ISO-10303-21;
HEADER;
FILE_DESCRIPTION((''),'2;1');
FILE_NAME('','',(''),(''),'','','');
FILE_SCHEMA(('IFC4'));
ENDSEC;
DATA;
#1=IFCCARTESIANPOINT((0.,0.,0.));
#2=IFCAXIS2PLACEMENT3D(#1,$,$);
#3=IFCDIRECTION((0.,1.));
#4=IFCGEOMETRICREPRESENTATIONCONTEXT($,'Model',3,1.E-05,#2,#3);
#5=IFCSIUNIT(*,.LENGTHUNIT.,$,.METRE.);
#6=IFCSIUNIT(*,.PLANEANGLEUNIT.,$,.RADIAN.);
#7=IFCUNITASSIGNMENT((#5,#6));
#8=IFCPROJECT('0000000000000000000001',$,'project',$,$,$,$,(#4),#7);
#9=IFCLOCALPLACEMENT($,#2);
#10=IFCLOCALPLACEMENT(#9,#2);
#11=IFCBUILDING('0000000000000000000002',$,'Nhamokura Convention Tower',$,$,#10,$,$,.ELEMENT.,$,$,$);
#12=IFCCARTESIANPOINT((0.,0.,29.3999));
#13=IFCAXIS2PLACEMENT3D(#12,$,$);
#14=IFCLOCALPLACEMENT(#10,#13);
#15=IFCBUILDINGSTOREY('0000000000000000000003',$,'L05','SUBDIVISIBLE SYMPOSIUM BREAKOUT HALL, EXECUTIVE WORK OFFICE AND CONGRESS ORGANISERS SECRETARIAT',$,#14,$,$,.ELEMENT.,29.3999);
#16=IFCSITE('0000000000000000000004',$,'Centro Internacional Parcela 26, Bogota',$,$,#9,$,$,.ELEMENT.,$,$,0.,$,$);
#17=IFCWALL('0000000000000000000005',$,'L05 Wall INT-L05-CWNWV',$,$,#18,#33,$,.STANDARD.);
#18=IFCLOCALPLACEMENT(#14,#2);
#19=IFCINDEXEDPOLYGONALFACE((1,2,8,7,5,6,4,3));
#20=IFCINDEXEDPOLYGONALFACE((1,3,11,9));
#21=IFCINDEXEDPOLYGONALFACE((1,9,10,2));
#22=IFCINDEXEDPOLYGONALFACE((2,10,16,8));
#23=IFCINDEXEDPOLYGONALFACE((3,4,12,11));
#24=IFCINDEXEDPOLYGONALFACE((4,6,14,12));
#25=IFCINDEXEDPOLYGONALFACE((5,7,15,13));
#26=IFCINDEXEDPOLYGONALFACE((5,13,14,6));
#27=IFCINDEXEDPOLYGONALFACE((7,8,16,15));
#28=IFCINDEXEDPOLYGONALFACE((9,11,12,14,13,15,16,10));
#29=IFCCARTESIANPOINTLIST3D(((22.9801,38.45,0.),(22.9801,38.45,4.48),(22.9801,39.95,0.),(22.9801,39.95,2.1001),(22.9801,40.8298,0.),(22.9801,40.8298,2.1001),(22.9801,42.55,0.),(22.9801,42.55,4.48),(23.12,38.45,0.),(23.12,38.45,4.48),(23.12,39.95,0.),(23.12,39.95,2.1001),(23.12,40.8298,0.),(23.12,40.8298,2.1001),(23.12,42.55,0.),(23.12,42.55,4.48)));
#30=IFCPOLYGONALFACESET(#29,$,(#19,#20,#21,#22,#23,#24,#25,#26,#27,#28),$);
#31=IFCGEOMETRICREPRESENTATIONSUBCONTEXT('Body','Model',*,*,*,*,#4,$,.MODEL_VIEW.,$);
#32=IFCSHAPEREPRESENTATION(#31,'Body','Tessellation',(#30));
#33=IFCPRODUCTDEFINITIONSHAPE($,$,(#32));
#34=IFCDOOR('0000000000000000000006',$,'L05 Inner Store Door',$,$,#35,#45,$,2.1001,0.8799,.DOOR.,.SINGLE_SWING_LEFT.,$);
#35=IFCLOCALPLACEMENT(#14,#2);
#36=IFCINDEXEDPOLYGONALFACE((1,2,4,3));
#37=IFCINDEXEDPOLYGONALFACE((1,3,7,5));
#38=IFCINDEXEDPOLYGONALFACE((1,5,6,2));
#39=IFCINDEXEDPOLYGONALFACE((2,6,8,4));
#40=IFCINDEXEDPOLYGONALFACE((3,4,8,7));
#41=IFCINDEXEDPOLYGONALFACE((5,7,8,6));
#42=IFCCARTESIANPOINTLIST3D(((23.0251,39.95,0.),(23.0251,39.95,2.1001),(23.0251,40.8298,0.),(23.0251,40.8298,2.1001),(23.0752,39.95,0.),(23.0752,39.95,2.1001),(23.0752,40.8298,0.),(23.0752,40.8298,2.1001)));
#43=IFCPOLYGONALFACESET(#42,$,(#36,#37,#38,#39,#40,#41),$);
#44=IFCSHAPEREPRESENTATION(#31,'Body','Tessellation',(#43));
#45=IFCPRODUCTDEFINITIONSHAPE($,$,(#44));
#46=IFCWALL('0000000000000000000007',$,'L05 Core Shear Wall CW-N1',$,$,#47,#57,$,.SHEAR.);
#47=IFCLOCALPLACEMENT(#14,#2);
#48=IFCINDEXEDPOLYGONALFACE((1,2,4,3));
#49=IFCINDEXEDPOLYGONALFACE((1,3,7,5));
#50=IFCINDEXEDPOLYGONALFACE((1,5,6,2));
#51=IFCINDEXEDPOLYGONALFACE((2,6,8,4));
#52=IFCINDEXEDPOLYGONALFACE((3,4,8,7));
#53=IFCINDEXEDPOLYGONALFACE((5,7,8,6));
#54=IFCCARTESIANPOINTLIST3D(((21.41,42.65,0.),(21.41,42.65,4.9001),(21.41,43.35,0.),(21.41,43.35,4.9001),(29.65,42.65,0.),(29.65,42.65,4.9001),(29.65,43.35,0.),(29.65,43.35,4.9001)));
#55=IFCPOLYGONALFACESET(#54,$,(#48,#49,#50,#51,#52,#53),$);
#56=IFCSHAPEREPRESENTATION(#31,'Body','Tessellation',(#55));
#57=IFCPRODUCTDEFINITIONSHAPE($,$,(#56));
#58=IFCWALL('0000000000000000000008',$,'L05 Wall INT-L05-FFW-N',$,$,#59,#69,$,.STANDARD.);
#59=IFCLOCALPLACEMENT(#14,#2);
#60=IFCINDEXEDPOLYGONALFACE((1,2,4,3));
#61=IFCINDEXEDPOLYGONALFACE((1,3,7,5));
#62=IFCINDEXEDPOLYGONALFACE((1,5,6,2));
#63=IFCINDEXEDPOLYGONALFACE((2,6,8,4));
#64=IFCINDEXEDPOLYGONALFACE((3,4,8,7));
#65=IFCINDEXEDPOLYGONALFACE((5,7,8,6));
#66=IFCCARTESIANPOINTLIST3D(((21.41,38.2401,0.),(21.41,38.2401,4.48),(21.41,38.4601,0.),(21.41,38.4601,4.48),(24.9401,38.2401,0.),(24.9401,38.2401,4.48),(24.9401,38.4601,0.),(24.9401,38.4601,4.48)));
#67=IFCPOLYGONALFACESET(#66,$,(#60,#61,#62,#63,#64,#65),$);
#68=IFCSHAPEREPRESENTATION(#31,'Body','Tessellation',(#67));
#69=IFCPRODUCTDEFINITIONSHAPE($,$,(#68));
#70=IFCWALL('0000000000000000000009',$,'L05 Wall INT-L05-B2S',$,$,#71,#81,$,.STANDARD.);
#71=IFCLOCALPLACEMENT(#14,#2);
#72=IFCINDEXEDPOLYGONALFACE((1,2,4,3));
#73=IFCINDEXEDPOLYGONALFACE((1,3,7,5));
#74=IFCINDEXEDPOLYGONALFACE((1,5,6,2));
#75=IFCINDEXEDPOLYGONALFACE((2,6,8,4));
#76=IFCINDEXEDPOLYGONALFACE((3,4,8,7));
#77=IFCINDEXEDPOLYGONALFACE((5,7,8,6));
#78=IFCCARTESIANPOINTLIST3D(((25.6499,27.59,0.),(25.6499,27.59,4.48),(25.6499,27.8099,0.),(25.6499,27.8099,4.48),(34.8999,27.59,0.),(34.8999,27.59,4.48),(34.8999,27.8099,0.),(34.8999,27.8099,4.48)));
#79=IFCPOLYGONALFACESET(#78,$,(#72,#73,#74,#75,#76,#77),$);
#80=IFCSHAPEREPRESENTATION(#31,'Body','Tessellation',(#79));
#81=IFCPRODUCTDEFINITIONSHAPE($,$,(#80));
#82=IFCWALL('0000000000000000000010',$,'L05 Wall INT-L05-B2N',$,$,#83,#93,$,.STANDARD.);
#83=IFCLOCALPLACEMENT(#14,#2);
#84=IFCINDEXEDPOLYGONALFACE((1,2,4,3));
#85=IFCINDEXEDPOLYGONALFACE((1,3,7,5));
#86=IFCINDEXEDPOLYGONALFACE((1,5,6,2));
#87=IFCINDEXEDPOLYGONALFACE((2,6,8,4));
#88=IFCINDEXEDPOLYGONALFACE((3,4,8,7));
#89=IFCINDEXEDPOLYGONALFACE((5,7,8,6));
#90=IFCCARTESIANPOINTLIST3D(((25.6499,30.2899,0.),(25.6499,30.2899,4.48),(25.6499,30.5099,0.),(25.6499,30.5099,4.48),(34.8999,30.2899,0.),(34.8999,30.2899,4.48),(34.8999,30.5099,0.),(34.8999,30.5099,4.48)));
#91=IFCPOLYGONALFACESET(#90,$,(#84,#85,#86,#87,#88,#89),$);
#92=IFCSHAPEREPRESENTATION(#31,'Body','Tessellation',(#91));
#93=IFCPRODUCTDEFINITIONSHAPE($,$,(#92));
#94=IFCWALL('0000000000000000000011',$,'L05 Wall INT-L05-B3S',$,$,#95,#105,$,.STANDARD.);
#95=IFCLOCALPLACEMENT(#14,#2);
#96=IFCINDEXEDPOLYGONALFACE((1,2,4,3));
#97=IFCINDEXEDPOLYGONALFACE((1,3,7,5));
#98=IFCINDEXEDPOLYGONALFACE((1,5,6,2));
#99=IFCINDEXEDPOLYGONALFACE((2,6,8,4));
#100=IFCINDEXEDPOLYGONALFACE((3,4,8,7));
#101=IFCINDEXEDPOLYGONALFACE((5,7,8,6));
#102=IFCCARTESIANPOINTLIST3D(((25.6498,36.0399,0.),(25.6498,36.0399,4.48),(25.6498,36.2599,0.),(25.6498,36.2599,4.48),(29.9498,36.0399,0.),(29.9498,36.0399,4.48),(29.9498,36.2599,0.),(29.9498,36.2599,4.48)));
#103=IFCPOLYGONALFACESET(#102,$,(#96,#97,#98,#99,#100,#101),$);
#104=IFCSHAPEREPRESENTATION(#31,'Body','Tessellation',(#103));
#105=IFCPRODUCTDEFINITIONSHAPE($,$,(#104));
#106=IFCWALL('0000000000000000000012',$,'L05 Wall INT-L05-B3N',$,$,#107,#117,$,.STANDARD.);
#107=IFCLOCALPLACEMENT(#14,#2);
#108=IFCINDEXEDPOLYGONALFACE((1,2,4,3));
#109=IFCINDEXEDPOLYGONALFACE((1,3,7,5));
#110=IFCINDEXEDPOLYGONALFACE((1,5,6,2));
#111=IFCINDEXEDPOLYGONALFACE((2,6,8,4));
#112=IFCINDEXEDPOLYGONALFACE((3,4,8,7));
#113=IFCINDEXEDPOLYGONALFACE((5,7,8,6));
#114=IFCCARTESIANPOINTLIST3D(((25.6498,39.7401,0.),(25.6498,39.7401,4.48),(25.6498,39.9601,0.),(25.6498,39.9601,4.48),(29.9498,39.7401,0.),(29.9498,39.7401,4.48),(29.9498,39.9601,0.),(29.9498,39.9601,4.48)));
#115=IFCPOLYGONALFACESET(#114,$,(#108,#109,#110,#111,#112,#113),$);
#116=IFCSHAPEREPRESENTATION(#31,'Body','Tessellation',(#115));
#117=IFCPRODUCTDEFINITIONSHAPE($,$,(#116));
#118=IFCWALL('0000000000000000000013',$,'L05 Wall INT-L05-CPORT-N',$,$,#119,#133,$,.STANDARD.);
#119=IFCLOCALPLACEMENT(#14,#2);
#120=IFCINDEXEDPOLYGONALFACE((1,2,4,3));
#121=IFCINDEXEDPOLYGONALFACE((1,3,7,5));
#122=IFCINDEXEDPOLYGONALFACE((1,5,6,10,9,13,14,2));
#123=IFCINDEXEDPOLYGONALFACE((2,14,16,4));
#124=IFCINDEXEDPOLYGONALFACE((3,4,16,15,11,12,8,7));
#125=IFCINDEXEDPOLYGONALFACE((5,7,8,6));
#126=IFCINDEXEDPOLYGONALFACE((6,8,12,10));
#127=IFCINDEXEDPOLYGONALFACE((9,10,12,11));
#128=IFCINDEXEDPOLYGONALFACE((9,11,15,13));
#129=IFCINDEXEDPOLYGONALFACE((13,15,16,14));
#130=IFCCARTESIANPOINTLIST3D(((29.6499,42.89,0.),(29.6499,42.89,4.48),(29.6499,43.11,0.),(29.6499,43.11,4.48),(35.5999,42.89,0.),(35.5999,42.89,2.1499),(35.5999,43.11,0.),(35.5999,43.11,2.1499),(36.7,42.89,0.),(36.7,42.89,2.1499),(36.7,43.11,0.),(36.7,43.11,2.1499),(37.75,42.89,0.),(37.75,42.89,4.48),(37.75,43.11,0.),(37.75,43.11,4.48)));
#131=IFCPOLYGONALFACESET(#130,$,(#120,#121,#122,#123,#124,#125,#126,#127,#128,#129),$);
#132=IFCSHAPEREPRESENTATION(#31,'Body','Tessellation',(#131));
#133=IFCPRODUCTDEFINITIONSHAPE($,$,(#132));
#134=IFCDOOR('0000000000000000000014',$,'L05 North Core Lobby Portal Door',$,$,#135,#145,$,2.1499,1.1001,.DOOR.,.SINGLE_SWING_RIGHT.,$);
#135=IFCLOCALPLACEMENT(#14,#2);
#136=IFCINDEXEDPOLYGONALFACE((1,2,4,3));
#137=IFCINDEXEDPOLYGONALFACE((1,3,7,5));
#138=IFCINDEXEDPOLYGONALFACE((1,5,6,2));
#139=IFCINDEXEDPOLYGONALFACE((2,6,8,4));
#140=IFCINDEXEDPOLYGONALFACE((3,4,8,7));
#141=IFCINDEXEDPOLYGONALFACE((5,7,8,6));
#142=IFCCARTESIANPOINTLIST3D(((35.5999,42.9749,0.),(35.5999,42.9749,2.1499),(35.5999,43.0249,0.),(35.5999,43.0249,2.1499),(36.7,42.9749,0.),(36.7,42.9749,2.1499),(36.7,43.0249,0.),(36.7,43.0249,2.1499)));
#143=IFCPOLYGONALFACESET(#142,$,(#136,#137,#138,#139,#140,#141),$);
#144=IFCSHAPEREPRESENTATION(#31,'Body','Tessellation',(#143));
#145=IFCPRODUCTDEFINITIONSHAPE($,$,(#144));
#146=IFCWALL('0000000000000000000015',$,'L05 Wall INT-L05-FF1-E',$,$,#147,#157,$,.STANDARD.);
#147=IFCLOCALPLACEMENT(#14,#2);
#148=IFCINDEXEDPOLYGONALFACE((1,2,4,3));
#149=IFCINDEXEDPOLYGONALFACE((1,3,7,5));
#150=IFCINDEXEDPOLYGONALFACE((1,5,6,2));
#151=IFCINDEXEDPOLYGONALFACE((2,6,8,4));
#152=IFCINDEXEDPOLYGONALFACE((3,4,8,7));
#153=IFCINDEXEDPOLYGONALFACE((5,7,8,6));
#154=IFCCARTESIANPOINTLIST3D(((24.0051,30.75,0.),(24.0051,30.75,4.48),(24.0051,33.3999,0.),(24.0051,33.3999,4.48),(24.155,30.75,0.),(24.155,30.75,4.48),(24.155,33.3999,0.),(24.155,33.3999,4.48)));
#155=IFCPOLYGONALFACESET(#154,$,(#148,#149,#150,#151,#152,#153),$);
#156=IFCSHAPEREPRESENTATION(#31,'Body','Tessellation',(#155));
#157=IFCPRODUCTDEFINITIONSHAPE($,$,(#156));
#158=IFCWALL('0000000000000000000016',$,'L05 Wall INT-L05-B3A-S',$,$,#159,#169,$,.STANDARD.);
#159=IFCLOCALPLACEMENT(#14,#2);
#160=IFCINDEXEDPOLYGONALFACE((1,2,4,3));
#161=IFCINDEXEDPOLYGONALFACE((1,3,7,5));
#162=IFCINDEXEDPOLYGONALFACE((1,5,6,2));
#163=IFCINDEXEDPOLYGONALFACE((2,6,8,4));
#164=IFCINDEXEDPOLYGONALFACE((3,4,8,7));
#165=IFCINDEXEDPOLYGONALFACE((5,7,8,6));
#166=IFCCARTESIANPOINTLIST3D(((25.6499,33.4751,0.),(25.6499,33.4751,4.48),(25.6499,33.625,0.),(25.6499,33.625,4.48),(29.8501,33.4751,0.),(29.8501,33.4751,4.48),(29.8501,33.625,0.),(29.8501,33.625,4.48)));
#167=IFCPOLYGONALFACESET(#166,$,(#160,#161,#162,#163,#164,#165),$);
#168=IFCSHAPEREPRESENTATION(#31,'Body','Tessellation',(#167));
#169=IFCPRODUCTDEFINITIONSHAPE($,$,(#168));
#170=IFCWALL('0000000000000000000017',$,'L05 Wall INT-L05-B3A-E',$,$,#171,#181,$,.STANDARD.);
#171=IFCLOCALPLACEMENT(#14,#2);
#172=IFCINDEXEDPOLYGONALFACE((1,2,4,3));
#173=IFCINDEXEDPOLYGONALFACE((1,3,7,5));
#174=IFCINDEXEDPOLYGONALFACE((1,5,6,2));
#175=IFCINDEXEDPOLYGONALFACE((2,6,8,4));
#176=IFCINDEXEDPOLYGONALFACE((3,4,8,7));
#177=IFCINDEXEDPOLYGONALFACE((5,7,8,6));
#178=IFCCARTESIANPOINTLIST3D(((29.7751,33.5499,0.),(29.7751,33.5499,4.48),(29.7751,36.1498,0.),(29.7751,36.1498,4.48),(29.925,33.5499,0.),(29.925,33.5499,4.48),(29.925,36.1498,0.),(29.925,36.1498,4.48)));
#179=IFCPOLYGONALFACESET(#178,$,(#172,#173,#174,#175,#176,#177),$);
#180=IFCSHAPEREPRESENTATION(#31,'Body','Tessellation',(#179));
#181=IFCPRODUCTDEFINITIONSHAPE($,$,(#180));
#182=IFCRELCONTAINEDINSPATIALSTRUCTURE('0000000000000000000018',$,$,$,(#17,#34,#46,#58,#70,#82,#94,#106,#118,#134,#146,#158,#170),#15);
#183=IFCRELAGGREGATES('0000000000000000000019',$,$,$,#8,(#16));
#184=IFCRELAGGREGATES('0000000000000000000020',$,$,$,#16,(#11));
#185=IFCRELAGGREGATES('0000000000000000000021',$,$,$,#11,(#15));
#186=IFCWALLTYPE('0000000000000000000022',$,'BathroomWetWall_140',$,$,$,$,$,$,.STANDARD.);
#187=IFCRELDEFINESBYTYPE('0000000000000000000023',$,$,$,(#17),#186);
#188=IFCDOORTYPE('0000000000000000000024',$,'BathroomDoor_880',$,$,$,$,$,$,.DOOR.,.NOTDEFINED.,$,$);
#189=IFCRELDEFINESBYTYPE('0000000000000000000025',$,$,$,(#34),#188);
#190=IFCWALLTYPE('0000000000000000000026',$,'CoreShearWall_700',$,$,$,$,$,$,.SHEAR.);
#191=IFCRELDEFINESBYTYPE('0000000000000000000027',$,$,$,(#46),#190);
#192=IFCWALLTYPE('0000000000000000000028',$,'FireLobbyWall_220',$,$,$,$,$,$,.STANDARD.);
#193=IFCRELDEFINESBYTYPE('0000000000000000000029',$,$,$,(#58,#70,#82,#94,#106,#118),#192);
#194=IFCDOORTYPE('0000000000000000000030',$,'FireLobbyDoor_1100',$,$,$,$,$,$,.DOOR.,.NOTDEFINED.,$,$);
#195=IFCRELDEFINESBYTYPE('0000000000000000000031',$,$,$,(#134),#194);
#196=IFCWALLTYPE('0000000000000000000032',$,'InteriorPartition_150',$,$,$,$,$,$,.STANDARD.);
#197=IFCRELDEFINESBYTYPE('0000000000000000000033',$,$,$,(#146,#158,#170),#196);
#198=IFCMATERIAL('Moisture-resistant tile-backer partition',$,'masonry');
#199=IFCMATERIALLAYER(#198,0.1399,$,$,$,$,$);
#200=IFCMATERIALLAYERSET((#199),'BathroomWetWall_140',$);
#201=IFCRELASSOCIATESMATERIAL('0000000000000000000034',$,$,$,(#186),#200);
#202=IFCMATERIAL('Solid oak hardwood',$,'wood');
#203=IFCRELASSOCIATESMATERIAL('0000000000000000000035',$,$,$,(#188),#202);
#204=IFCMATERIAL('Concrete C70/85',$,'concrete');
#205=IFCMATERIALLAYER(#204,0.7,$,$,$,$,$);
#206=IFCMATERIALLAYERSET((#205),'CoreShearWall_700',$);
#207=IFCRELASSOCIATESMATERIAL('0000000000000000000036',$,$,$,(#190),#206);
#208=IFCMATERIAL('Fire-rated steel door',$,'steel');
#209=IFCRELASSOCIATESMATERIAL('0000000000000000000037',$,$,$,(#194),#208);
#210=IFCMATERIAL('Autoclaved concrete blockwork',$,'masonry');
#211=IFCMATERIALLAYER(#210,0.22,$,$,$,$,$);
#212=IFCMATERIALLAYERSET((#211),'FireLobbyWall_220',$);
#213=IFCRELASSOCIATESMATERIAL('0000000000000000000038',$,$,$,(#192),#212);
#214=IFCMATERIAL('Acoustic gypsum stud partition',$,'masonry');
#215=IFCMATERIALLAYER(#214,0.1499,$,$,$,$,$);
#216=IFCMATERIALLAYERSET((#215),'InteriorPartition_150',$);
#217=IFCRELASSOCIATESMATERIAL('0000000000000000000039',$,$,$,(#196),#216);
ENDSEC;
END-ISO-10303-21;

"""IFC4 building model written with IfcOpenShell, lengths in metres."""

from ifc_helpers import new_model, si_unit, direction, frame, frame_2d, origin, place, context, subcontext, project, spatial, rectangle, extrude, material, layer, layer_set, type_object, element, fill, save


model = new_model("IFC4")

# Units and contexts
model_context = context("Model", 3, precision=1e-05, world=origin(), true_north=direction((0.0, 1.0)))
body_context = subcontext(model_context, "Body", "Model", "MODEL_VIEW")
ifc_project = project(units=[si_unit("LENGTHUNIT", "METRE"), si_unit("PLANEANGLEUNIT", "RADIAN")], contexts=[model_context])

# Site, building, storey
site_placement = place(None, origin())
site = spatial("IfcSite", under=ifc_project, at=site_placement, Name="Centro Internacional Parcela 26, Bogota", CompositionType="ELEMENT", RefElevation=0.0)
building_placement = place(site_placement, origin())
building = spatial("IfcBuilding", under=site, at=building_placement, Name="Nhamokura Convention Tower", CompositionType="ELEMENT")
storey_placement = place(building_placement, frame((0.0, 0.0, 29.3999)))
storey = spatial("IfcBuildingStorey", under=building, at=storey_placement, Name="L05", Description="SUBDIVISIBLE SYMPOSIUM BREAKOUT HALL, EXECUTIVE WORK OFFICE AND CONGRESS ORGANISERS SECRETARIAT", CompositionType="ELEMENT", Elevation=29.3999)

# Wall, opening, door
ifc_material_1 = material(Name="Moisture-resistant tile-backer partition", Category="masonry")
ifc_layer_1 = layer(ifc_material_1, 0.1399)
ifc_layer_set_1 = layer_set([ifc_layer_1], Name="BathroomWetWall_140")
wall_type_1 = type_object("IfcWallType", Name="BathroomWetWall_140", PredefinedType="STANDARD", material=ifc_layer_set_1)
wall_1_placement = place(storey_placement, frame((23.05, 38.45, 0.0), z_axis=(0.0, 0.0, 1.0), x_axis=(0.0, 1.0, 0.0)))
wall_1 = element("IfcWall", 1, at=wall_1_placement, inside=storey, type_object=wall_type_1, Name="L05 Wall INT-L05-CWNWV", PredefinedType="STANDARD", context=body_context, shape_type="SweptSolid", body=[
    extrude(rectangle(XDim=4.1001, YDim=0.1399, at=frame_2d((2.05, 0.0))), origin(), (0.0, 0.0, 1.0), 4.48),
])
opening_1_placement = place(wall_1_placement, frame((1.5, 0.0, 0.0)))
opening_1 = element("IfcOpeningElement", 2, at=opening_1_placement, cuts=wall_1, PredefinedType="OPENING", context=body_context, shape_type="SweptSolid", body=[
    extrude(rectangle(XDim=0.8799, YDim=2.1001, at=frame_2d((0.4399, 1.05))), frame((0.0, 0.0798, 0.0), z_axis=(0.0, -1.0, 0.0), x_axis=(1.0, 0.0, 0.0)), (0.0, 0.0, 1.0), 0.1599),
])
ifc_material_2 = material(Name="Solid oak hardwood", Category="wood")
door_type_1 = type_object("IfcDoorType", Name="BathroomDoor_880", OperationType="NOTDEFINED", PredefinedType="DOOR", material=ifc_material_2)
door_1_placement = place(opening_1_placement, origin())
door_1 = element("IfcDoor", 3, at=door_1_placement, inside=storey, type_object=door_type_1, Name="L05 Inner Store Door", OperationType="SINGLE_SWING_LEFT", OverallHeight=2.1001, OverallWidth=0.8799, PredefinedType="DOOR", context=body_context, shape_type="SweptSolid", body=[
    extrude(rectangle(XDim=0.8799, YDim=2.1001, at=frame_2d((0.4399, 1.05))), frame((0.0, 0.0249, 0.0), z_axis=(0.0, -1.0, 0.0), x_axis=(1.0, 0.0, 0.0)), (0.0, 0.0, 1.0), 0.05),
])
fill(opening_1, door_1)

# Wall
ifc_material_3 = material(Name="Concrete C70/85", Category="concrete")
ifc_layer_2 = layer(ifc_material_3, 0.7)
ifc_layer_set_2 = layer_set([ifc_layer_2], Name="CoreShearWall_700")
wall_type_2 = type_object("IfcWallType", Name="CoreShearWall_700", PredefinedType="SHEAR", material=ifc_layer_set_2)
wall_2_placement = place(storey_placement, frame((21.4099, 43.0, 0.0), z_axis=(0.0, 0.0, 1.0), x_axis=(1.0, 0.0, 0.0)))
element("IfcWall", 4, at=wall_2_placement, inside=storey, type_object=wall_type_2, Name="L05 Core Shear Wall CW-N1", PredefinedType="SHEAR", context=body_context, shape_type="SweptSolid", body=[
    extrude(rectangle(XDim=8.24, YDim=0.7, at=frame_2d((4.1201, 0.0))), origin(), (0.0, 0.0, 1.0), 4.9001),
])

# Shared definitions
ifc_material_4 = material(Name="Fire-rated steel door", Category="steel")
door_type_2 = type_object("IfcDoorType", Name="FireLobbyDoor_1100", OperationType="NOTDEFINED", PredefinedType="DOOR", material=ifc_material_4)

# Walls
ifc_material_5 = material(Name="Autoclaved concrete blockwork", Category="masonry")
ifc_layer_3 = layer(ifc_material_5, 0.22)
ifc_layer_set_3 = layer_set([ifc_layer_3], Name="FireLobbyWall_220")
wall_type_3 = type_object("IfcWallType", Name="FireLobbyWall_220", PredefinedType="STANDARD", material=ifc_layer_set_3)
wall_3_placement = place(storey_placement, frame((21.4099, 38.3501, 0.0), z_axis=(0.0, 0.0, 1.0), x_axis=(1.0, 0.0, 0.0)))
element("IfcWall", 5, at=wall_3_placement, inside=storey, type_object=wall_type_3, Name="L05 Wall INT-L05-FFW-N", PredefinedType="STANDARD", context=body_context, shape_type="SweptSolid", body=[
    extrude(rectangle(XDim=3.53, YDim=0.22, at=frame_2d((1.7651, 0.0))), origin(), (0.0, 0.0, 1.0), 4.48),
])
for number, where, z_axis, x_axis, name in (
    (6, (25.6499, 27.7, 0.0), (0.0, 0.0, 1.0), (1.0, 0.0, 0.0), "L05 Wall INT-L05-B2S"),
    (7, (25.6499, 30.3999, 0.0), (0.0, 0.0, 1.0), (1.0, 0.0, 0.0), "L05 Wall INT-L05-B2N"),
):
    element("IfcWall", number, at=place(storey_placement, frame(where, z_axis=z_axis, x_axis=x_axis)), inside=storey, type_object=wall_type_3, Name=name, PredefinedType="STANDARD", context=body_context, shape_type="SweptSolid", body=[
        extrude(rectangle(XDim=9.25, YDim=0.22, at=frame_2d((4.625, 0.0))), origin(), (0.0, 0.0, 1.0), 4.48),
    ])
for number, where, z_axis, x_axis, name in (
    (8, (25.6499, 36.1499, 0.0), (0.0, 0.0, 1.0), (1.0, 0.0, 0.0), "L05 Wall INT-L05-B3S"),
    (9, (25.6499, 39.8501, 0.0), (0.0, 0.0, 1.0), (1.0, 0.0, 0.0), "L05 Wall INT-L05-B3N"),
):
    element("IfcWall", number, at=place(storey_placement, frame(where, z_axis=z_axis, x_axis=x_axis)), inside=storey, type_object=wall_type_3, Name=name, PredefinedType="STANDARD", context=body_context, shape_type="SweptSolid", body=[
        extrude(rectangle(XDim=4.3, YDim=0.22, at=frame_2d((2.1499, 0.0))), origin(), (0.0, 0.0, 1.0), 4.48),
    ])

# Wall, opening, door
wall_4_placement = place(storey_placement, frame((29.6499, 43.0, 0.0), z_axis=(0.0, 0.0, 1.0), x_axis=(1.0, 0.0, 0.0)))
wall_4 = element("IfcWall", 10, at=wall_4_placement, inside=storey, type_object=wall_type_3, Name="L05 Wall INT-L05-CPORT-N", PredefinedType="STANDARD", context=body_context, shape_type="SweptSolid", body=[
    extrude(rectangle(XDim=8.1001, YDim=0.22, at=frame_2d((4.05, 0.0))), origin(), (0.0, 0.0, 1.0), 4.48),
])
opening_2_placement = place(wall_4_placement, frame((5.95, 0.0, 0.0)))
opening_2 = element("IfcOpeningElement", 11, at=opening_2_placement, cuts=wall_4, PredefinedType="OPENING", context=body_context, shape_type="SweptSolid", body=[
    extrude(rectangle(XDim=1.1001, YDim=2.1499, at=frame_2d((0.55, 1.075))), frame((0.0, 0.1199, 0.0), z_axis=(0.0, -1.0, 0.0), x_axis=(1.0, 0.0, 0.0)), (0.0, 0.0, 1.0), 0.24),
])
door_2_placement = place(opening_2_placement, origin())
door_2 = element("IfcDoor", 12, at=door_2_placement, inside=storey, type_object=door_type_2, Name="L05 North Core Lobby Portal Door", OperationType="SINGLE_SWING_RIGHT", OverallHeight=2.1499, OverallWidth=1.1001, PredefinedType="DOOR", context=body_context, shape_type="SweptSolid", body=[
    extrude(rectangle(XDim=1.1001, YDim=2.1499, at=frame_2d((0.55, 1.075))), frame((0.0, 0.0249, 0.0), z_axis=(0.0, -1.0, 0.0), x_axis=(1.0, 0.0, 0.0)), (0.0, 0.0, 1.0), 0.05),
])
fill(opening_2, door_2)

# Walls
ifc_material_6 = material(Name="Acoustic gypsum stud partition", Category="masonry")
ifc_layer_4 = layer(ifc_material_6, 0.1499)
ifc_layer_set_4 = layer_set([ifc_layer_4], Name="InteriorPartition_150")
wall_type_4 = type_object("IfcWallType", Name="InteriorPartition_150", PredefinedType="STANDARD", material=ifc_layer_set_4)
wall_5_placement = place(storey_placement, frame((24.0801, 30.75, 0.0), z_axis=(0.0, 0.0, 1.0), x_axis=(0.0, 1.0, 0.0)))
element("IfcWall", 13, at=wall_5_placement, inside=storey, type_object=wall_type_4, Name="L05 Wall INT-L05-FF1-E", PredefinedType="STANDARD", context=body_context, shape_type="SweptSolid", body=[
    extrude(rectangle(XDim=2.6499, YDim=0.1499, at=frame_2d((1.325, 0.0))), origin(), (0.0, 0.0, 1.0), 4.48),
])
wall_6_placement = place(storey_placement, frame((25.6499, 33.55, 0.0), z_axis=(0.0, 0.0, 1.0), x_axis=(1.0, 0.0, 0.0)))
element("IfcWall", 14, at=wall_6_placement, inside=storey, type_object=wall_type_4, Name="L05 Wall INT-L05-B3A-S", PredefinedType="STANDARD", context=body_context, shape_type="SweptSolid", body=[
    extrude(rectangle(XDim=4.2002, YDim=0.1499, at=frame_2d((2.1001, 0.0))), origin(), (0.0, 0.0, 1.0), 4.48),
])
wall_7_placement = place(storey_placement, frame((29.8501, 33.55, 0.0), z_axis=(0.0, 0.0, 1.0), x_axis=(0.0, 1.0, 0.0)))
element("IfcWall", 15, at=wall_7_placement, inside=storey, type_object=wall_type_4, Name="L05 Wall INT-L05-B3A-E", PredefinedType="STANDARD", context=body_context, shape_type="SweptSolid", body=[
    extrude(rectangle(XDim=2.5999, YDim=0.1499, at=frame_2d((1.2998, 0.0))), origin(), (0.0, 0.0, 1.0), 4.48),
])

save(model, "model.ifc")
